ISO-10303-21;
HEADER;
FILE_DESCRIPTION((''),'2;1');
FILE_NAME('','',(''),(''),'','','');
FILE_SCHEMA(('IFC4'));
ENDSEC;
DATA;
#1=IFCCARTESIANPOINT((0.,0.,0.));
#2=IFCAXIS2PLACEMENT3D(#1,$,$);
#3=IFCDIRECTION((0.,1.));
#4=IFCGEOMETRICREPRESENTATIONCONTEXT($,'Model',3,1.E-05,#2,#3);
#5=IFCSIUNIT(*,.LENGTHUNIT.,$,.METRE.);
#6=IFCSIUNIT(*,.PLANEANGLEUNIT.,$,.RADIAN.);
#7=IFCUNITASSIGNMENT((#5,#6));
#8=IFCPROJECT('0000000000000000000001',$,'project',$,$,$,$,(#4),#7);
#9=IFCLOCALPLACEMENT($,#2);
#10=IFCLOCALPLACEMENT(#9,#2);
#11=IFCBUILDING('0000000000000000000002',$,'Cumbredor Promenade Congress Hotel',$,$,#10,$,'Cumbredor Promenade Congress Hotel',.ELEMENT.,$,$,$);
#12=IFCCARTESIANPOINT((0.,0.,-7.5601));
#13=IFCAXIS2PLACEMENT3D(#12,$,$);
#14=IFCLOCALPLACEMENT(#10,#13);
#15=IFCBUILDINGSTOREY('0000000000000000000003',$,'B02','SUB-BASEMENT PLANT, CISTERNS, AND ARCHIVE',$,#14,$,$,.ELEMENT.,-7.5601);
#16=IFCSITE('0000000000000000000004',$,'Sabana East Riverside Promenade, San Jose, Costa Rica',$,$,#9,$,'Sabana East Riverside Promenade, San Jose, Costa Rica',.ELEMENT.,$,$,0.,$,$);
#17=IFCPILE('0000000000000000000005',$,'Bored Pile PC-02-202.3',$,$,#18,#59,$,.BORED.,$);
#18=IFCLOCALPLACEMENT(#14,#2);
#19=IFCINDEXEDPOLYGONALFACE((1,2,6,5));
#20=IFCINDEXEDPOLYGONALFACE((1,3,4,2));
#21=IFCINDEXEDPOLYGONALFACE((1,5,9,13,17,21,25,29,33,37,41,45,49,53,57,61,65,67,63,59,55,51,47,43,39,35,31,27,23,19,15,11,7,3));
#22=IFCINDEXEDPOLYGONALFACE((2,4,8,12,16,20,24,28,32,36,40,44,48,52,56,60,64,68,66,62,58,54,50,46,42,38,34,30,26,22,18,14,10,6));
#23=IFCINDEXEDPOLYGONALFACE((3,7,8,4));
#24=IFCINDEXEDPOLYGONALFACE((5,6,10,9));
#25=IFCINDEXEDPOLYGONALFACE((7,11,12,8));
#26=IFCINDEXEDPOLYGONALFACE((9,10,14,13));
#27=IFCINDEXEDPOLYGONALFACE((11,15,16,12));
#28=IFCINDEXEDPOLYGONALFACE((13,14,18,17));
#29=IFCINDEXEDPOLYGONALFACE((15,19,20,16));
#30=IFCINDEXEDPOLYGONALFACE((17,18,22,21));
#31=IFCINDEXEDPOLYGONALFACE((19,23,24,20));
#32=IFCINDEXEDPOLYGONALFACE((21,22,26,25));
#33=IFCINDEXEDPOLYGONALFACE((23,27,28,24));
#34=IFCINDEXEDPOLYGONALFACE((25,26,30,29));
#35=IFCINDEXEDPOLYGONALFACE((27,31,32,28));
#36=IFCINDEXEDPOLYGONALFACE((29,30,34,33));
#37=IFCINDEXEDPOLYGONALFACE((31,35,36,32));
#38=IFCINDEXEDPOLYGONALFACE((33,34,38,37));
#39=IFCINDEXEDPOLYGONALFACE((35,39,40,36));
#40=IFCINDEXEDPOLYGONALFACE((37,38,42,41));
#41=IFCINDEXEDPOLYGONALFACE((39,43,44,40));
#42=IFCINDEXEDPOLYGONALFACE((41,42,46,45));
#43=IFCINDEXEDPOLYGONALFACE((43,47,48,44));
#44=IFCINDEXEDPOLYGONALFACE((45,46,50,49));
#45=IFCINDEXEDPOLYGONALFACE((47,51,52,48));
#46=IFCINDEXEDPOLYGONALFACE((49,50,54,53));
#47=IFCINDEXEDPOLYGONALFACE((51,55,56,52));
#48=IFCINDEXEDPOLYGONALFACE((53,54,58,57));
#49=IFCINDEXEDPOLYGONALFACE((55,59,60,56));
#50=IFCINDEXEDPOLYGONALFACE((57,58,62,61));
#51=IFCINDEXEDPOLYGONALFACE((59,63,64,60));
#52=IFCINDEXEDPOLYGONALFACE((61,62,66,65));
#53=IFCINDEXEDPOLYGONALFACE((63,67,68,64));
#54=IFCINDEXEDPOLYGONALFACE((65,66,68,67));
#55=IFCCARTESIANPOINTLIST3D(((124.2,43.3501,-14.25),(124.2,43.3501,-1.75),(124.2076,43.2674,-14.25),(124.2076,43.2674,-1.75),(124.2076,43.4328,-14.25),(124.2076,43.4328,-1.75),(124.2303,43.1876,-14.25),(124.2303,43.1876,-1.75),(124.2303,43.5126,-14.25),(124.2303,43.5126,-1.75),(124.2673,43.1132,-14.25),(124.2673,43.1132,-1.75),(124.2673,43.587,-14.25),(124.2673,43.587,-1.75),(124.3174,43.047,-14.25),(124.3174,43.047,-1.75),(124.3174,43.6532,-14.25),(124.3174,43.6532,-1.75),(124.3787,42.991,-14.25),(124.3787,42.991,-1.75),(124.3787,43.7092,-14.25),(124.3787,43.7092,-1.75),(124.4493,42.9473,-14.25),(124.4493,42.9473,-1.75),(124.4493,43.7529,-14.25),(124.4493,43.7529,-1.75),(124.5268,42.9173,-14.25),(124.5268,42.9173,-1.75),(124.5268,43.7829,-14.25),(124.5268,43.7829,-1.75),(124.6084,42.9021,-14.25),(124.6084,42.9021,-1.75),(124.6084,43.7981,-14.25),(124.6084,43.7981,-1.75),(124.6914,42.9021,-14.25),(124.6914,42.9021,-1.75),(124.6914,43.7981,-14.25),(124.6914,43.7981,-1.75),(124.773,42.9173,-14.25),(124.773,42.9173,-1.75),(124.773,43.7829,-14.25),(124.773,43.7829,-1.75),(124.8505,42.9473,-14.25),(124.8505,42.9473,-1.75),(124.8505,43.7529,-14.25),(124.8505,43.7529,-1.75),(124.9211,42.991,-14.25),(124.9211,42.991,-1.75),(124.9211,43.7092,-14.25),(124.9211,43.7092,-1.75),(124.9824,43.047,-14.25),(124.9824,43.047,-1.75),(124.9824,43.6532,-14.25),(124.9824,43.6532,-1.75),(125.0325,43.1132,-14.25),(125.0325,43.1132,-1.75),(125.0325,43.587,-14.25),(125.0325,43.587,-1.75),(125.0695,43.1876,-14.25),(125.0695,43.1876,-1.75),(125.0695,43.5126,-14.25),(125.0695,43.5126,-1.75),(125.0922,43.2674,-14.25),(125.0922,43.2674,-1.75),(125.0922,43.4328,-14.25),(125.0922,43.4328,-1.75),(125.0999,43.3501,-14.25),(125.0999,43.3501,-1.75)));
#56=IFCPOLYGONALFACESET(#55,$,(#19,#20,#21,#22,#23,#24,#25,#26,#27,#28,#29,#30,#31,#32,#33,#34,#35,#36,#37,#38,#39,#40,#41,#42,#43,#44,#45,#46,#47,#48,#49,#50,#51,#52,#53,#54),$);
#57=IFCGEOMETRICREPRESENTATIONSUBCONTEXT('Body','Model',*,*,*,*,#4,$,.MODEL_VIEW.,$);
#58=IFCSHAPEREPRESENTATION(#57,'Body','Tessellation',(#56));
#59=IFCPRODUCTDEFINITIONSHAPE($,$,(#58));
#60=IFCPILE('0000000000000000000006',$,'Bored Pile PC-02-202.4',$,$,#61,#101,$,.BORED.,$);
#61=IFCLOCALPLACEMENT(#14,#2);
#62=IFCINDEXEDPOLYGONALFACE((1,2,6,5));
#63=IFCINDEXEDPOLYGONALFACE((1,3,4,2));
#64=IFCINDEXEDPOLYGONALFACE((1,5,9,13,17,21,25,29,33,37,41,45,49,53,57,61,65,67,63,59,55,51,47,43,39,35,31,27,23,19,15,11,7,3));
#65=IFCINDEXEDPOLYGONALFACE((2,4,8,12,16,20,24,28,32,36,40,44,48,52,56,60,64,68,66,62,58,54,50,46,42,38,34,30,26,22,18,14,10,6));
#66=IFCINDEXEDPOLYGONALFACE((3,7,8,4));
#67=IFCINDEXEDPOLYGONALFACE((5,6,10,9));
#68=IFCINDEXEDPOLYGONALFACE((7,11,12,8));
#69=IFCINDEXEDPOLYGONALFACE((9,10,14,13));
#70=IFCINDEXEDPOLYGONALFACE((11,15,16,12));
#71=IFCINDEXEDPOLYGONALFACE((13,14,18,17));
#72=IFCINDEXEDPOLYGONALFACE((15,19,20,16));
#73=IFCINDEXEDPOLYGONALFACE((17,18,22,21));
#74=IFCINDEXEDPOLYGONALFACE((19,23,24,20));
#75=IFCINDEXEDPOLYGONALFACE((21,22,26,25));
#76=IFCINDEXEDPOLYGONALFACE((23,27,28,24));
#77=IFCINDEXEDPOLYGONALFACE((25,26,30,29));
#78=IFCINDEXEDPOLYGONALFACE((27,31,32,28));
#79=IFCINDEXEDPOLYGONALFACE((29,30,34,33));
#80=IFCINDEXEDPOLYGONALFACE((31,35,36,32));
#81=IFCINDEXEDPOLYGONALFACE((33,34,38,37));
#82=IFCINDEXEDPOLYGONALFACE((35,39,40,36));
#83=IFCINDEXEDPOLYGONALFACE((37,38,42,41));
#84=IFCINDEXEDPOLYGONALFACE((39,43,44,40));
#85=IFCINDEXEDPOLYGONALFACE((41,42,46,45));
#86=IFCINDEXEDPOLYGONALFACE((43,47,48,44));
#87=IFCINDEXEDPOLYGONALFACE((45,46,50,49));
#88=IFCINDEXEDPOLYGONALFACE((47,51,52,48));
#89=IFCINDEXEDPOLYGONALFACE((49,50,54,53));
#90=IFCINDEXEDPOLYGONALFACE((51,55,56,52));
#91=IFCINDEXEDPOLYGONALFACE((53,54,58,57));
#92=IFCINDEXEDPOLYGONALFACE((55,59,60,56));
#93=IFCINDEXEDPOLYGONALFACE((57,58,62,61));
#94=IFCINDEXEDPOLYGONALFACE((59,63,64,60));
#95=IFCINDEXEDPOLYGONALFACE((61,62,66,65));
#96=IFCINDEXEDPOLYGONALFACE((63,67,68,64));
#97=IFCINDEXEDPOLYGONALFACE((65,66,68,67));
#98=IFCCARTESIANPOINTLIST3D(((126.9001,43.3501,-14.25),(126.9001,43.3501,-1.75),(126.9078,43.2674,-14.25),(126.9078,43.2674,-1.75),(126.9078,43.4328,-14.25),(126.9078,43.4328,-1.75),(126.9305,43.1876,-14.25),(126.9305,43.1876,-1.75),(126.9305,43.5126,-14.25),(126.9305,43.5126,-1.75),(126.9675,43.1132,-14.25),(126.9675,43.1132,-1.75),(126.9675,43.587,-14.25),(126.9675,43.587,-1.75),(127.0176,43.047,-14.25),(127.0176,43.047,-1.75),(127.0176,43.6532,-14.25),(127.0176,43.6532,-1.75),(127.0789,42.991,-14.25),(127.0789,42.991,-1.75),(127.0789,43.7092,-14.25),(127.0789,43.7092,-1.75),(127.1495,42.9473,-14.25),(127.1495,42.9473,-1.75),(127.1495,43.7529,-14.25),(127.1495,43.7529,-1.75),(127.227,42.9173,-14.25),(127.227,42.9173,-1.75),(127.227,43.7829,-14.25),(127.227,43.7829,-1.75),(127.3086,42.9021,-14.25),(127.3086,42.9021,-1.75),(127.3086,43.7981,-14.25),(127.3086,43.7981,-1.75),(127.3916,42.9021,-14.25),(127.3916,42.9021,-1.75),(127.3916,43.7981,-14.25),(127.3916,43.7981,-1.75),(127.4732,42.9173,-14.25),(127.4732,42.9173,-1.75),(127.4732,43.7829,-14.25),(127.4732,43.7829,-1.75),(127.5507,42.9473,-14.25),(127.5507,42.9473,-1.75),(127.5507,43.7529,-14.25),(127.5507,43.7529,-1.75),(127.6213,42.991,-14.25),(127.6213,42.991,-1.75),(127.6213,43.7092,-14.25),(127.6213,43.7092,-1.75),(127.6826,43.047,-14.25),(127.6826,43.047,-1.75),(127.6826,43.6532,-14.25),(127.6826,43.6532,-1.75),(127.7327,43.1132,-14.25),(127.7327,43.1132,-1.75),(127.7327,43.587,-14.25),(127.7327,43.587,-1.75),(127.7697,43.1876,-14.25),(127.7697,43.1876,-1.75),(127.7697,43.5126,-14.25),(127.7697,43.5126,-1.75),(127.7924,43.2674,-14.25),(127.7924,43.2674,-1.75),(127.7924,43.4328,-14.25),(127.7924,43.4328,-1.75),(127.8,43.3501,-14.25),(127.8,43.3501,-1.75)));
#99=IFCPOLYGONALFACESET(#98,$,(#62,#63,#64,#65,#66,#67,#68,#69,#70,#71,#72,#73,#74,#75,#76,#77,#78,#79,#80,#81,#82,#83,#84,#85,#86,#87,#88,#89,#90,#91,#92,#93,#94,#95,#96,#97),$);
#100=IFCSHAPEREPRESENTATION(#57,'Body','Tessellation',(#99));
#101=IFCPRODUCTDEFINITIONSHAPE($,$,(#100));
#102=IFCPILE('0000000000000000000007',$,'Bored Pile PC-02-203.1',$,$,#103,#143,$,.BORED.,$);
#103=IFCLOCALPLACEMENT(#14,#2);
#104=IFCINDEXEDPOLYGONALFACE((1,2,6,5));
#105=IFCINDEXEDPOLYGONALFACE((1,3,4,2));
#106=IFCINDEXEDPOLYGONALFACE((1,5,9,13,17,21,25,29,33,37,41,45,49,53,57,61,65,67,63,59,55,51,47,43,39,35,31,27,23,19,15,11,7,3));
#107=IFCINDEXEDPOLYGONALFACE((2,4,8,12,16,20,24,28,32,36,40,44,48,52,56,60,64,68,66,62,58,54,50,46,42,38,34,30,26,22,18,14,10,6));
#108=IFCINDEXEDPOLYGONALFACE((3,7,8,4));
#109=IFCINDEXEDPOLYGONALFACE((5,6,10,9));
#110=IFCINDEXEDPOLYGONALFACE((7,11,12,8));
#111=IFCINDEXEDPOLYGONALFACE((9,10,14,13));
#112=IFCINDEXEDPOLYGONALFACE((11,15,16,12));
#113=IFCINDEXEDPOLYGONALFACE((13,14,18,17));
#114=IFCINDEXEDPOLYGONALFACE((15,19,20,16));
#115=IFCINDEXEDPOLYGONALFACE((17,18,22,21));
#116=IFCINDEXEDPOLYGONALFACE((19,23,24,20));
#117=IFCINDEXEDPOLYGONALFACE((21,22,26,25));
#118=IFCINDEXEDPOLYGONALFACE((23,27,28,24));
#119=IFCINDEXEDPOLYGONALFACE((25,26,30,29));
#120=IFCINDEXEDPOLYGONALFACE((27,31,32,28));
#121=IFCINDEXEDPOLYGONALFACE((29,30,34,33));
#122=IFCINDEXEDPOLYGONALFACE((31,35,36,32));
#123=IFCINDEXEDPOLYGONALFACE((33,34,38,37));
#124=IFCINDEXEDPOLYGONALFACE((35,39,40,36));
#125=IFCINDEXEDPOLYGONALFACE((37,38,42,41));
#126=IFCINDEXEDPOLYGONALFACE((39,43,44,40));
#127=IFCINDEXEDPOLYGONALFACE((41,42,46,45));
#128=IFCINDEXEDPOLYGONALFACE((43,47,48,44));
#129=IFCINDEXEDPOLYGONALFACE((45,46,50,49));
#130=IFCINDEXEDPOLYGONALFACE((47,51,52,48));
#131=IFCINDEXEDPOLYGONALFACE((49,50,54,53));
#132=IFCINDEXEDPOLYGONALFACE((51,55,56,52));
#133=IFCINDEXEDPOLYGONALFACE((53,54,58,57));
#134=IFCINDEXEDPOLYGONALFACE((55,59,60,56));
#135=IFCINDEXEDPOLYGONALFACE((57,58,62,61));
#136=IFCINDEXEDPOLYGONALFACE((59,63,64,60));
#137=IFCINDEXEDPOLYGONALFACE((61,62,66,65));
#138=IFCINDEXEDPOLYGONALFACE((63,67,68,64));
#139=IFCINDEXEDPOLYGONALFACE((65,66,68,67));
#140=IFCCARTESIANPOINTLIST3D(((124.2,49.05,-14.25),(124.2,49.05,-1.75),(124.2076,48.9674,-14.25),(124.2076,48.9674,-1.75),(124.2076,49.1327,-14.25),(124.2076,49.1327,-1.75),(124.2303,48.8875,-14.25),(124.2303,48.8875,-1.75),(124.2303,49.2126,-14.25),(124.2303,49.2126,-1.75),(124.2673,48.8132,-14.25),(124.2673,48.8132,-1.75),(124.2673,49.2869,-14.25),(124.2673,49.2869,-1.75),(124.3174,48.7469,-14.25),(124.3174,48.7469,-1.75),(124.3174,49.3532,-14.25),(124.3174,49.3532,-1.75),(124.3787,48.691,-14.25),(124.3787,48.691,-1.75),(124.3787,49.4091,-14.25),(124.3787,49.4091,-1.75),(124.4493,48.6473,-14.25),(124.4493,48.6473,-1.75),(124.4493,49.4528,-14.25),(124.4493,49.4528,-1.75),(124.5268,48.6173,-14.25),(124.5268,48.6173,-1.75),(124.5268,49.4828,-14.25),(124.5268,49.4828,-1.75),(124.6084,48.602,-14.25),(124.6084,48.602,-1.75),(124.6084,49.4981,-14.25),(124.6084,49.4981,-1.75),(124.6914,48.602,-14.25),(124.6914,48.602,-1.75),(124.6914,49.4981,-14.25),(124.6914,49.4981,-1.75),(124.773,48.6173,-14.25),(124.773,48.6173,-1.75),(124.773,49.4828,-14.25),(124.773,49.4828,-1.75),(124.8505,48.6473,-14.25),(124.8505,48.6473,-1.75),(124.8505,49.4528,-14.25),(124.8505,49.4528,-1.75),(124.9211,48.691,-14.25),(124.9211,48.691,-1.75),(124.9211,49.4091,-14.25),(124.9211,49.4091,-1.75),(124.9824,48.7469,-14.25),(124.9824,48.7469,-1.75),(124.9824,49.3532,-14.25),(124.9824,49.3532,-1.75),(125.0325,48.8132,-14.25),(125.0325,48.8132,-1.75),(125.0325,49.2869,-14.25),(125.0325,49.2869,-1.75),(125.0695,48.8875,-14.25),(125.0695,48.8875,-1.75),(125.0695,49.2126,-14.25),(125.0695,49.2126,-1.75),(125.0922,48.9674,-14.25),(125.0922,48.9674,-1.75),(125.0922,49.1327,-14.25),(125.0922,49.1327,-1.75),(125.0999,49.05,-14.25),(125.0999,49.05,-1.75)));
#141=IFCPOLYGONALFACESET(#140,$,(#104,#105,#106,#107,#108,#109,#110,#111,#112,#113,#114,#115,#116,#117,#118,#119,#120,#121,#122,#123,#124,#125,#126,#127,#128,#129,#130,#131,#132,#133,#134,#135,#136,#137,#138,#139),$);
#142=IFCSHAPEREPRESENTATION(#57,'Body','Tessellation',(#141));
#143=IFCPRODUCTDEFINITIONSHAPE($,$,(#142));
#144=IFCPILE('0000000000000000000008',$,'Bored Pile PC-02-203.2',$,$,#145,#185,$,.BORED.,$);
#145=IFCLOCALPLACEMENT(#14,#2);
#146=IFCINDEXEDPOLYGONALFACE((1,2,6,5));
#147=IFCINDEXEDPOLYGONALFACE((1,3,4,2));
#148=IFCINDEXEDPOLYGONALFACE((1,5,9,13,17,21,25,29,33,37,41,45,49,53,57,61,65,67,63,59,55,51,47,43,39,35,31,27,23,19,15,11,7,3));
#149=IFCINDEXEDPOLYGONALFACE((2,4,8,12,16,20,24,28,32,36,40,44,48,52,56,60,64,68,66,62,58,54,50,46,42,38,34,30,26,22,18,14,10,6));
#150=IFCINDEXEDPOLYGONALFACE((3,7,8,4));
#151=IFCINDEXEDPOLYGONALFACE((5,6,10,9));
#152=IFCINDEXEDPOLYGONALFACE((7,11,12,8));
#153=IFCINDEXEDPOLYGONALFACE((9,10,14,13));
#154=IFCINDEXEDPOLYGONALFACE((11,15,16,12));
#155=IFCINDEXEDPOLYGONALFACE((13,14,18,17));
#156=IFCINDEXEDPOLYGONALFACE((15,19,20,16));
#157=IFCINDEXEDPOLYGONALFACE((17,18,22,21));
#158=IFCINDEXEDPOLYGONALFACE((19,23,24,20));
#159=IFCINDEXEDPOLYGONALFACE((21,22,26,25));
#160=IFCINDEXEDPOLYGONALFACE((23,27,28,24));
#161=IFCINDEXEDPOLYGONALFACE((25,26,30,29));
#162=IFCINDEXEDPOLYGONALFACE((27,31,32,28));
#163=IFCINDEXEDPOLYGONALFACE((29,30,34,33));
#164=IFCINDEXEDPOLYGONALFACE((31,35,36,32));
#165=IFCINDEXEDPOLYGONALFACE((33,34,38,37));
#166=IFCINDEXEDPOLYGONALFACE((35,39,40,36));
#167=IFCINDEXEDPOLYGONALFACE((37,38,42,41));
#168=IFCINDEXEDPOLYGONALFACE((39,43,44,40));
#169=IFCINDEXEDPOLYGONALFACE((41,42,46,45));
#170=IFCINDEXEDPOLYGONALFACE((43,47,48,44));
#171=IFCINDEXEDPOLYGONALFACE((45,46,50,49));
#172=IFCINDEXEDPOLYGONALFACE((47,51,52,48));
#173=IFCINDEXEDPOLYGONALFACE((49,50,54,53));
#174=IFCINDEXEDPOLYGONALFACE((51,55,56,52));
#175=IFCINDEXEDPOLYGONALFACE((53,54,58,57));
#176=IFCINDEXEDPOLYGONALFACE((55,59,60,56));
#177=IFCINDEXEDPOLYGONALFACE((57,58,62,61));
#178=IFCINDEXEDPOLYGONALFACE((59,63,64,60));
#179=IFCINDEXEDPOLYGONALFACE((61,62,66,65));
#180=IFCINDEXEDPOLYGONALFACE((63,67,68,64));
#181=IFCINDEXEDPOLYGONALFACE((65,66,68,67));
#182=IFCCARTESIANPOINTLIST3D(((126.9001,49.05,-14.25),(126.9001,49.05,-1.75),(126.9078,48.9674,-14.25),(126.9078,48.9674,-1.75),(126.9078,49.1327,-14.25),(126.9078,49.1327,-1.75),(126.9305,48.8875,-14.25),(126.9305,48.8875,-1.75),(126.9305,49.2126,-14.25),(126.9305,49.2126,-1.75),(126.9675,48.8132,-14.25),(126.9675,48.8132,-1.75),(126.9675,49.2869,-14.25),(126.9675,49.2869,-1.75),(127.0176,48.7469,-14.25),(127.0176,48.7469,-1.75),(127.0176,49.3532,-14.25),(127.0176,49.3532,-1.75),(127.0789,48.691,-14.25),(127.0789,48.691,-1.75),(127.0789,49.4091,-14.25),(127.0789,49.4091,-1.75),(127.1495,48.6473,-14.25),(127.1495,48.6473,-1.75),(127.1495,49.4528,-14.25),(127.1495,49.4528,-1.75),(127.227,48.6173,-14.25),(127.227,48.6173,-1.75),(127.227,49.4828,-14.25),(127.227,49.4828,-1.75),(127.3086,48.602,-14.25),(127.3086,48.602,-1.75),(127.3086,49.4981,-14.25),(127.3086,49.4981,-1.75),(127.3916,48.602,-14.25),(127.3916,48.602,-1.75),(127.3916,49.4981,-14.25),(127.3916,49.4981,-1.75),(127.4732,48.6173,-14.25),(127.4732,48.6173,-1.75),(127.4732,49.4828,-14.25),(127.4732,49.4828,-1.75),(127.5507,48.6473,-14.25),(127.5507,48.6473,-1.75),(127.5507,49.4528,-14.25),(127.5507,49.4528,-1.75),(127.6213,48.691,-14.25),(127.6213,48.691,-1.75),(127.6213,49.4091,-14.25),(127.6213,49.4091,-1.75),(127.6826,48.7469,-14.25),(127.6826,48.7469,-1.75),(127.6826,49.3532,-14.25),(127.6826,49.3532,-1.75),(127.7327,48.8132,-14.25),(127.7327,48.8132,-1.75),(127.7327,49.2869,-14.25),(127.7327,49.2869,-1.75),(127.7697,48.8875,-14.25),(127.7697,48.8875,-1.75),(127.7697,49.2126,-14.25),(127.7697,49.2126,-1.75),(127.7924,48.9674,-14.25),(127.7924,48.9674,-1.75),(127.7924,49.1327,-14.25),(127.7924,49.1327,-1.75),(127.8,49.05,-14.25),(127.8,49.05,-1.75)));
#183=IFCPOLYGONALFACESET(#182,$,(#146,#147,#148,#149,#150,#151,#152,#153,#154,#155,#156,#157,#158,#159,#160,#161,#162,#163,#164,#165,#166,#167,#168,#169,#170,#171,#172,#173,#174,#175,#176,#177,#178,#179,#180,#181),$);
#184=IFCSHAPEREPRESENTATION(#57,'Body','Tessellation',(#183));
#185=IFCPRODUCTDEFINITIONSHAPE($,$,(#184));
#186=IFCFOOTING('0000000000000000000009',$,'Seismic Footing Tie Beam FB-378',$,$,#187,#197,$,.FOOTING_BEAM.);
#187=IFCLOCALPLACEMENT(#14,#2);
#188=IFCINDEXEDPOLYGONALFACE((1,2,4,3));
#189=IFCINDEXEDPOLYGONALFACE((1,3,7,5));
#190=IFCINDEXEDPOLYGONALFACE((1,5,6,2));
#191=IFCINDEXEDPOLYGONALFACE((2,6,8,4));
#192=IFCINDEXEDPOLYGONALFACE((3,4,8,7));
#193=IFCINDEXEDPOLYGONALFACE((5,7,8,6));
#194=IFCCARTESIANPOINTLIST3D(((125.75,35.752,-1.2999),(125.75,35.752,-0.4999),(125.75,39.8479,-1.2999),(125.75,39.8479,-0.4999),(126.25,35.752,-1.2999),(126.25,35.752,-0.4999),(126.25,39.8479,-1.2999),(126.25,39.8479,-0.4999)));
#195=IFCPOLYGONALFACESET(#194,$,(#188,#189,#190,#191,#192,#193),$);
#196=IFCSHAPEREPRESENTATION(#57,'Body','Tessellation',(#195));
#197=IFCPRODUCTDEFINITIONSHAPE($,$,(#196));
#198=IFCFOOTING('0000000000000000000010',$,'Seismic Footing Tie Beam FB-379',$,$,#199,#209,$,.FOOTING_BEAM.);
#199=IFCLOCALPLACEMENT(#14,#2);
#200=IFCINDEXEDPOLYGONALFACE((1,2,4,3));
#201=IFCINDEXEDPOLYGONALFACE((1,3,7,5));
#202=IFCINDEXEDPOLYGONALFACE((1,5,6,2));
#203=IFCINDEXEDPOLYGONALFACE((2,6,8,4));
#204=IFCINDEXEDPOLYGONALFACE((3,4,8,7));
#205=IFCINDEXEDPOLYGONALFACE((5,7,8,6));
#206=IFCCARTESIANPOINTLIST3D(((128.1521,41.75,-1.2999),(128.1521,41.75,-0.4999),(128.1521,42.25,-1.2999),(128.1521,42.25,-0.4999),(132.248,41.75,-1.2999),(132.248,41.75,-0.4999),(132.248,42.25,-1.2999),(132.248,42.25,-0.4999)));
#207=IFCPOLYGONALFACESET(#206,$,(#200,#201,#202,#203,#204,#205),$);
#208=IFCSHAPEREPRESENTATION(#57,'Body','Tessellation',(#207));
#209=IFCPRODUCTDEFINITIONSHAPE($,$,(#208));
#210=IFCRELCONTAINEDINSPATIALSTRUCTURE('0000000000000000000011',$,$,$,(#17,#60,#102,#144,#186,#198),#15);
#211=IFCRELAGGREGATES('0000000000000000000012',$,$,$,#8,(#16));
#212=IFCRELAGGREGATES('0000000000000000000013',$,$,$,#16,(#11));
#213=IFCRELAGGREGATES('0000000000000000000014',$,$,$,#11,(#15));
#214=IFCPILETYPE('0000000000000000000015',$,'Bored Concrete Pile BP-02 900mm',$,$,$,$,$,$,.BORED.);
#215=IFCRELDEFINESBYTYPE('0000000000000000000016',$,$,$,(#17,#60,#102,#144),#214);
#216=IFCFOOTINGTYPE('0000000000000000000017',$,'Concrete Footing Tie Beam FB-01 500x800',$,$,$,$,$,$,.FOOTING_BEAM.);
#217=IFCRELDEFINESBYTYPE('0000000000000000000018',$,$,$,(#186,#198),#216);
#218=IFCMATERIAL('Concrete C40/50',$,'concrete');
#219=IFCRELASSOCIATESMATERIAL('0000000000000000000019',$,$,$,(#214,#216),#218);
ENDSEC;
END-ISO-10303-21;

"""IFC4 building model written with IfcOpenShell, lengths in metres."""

from ifc_helpers import new_model, si_unit, direction, frame, origin, origin_2d, place, context, subcontext, project, spatial, rectangle, circle, extrude, material, material_profile, profile_set, type_object, element, save


model = new_model("IFC4")

# Units and contexts
model_context = context("Model", 3, precision=1e-05, world=origin(), true_north=direction((0.0, 1.0)))
body_context = subcontext(model_context, "Body", "Model", "MODEL_VIEW")
ifc_project = project(units=[si_unit("LENGTHUNIT", "METRE"), si_unit("PLANEANGLEUNIT", "RADIAN")], contexts=[model_context])

# Site, building, storey
site_placement = place(None, origin())
site = spatial("IfcSite", under=ifc_project, at=site_placement, Name="Sabana East Riverside Promenade, San Jose, Costa Rica", LongName="Sabana East Riverside Promenade, San Jose, Costa Rica", CompositionType="ELEMENT", RefElevation=0.0)
building_placement = place(site_placement, origin())
building = spatial("IfcBuilding", under=site, at=building_placement, Name="Cumbredor Promenade Congress Hotel", LongName="Cumbredor Promenade Congress Hotel", CompositionType="ELEMENT")
storey_placement = place(building_placement, frame((0.0, 0.0, -7.5601)))
storey = spatial("IfcBuildingStorey", under=building, at=storey_placement, Name="B02", Description="SUB-BASEMENT PLANT, CISTERNS, AND ARCHIVE", CompositionType="ELEMENT", Elevation=-7.5601)

# Piles
ifc_material_1 = material(Name="Concrete C40/50", Category="concrete")
ifc_material_profile_1 = material_profile(ifc_material_1, circle(Radius=0.45, at=origin_2d()), Name="PILE D900")
ifc_profile_set_1 = profile_set([ifc_material_profile_1], Name="Concrete C40/50")
pile_type = type_object("IfcPileType", Name="Bored Concrete Pile BP-02 900mm", PredefinedType="BORED", material=ifc_profile_set_1)
for number, where, z_axis, x_axis, name in (
    (1, (124.6499, 43.3501, -1.75), (0.0, 0.0, -1.0), (1.0, 0.0, 0.0), "Bored Pile PC-02-202.3"),
    (2, (127.3501, 43.3501, -1.75), (0.0, 0.0, -1.0), (1.0, 0.0, 0.0), "Bored Pile PC-02-202.4"),
    (3, (124.6499, 49.05, -1.75), (0.0, 0.0, -1.0), (1.0, 0.0, 0.0), "Bored Pile PC-02-203.1"),
    (4, (127.3501, 49.05, -1.75), (0.0, 0.0, -1.0), (1.0, 0.0, 0.0), "Bored Pile PC-02-203.2"),
):
    element("IfcPile", number, at=place(storey_placement, frame(where, z_axis=z_axis, x_axis=x_axis)), inside=storey, type_object=pile_type, Name=name, PredefinedType="BORED", context=body_context, shape_type="SweptSolid", body=[
        extrude(circle(Radius=0.45, at=origin_2d()), origin(), (0.0, 0.0, 1.0), 12.5),
    ])

# Footings
ifc_material_profile_2 = material_profile(ifc_material_1, rectangle(XDim=0.5, YDim=0.8, at=origin_2d()), Name="FB 500x800")
ifc_profile_set_2 = profile_set([ifc_material_profile_2], Name="Concrete C40/50")
footing_type_1 = type_object("IfcFootingType", Name="Concrete Footing Tie Beam FB-01 500x800", PredefinedType="FOOTING_BEAM", material=ifc_profile_set_2)
for number, where, z_axis, x_axis, name in (
    (5, (126.0, 35.752, -0.8999), (0.0, 1.0, 0.0), (-1.0, 0.0, 0.0), "Seismic Footing Tie Beam FB-378"),
    (6, (128.1521, 42.0, -0.8999), (1.0, 0.0, 0.0), (0.0, 1.0, 0.0), "Seismic Footing Tie Beam FB-379"),
):
    element("IfcFooting", number, at=place(storey_placement, frame(where, z_axis=z_axis, x_axis=x_axis)), inside=storey, type_object=footing_type_1, Name=name, PredefinedType="FOOTING_BEAM", context=body_context, shape_type="SweptSolid", body=[
        extrude(rectangle(XDim=0.5, YDim=0.8, at=origin_2d()), origin(), (0.0, 0.0, 1.0), 4.0959),
    ])

save(model, "model.ifc")
